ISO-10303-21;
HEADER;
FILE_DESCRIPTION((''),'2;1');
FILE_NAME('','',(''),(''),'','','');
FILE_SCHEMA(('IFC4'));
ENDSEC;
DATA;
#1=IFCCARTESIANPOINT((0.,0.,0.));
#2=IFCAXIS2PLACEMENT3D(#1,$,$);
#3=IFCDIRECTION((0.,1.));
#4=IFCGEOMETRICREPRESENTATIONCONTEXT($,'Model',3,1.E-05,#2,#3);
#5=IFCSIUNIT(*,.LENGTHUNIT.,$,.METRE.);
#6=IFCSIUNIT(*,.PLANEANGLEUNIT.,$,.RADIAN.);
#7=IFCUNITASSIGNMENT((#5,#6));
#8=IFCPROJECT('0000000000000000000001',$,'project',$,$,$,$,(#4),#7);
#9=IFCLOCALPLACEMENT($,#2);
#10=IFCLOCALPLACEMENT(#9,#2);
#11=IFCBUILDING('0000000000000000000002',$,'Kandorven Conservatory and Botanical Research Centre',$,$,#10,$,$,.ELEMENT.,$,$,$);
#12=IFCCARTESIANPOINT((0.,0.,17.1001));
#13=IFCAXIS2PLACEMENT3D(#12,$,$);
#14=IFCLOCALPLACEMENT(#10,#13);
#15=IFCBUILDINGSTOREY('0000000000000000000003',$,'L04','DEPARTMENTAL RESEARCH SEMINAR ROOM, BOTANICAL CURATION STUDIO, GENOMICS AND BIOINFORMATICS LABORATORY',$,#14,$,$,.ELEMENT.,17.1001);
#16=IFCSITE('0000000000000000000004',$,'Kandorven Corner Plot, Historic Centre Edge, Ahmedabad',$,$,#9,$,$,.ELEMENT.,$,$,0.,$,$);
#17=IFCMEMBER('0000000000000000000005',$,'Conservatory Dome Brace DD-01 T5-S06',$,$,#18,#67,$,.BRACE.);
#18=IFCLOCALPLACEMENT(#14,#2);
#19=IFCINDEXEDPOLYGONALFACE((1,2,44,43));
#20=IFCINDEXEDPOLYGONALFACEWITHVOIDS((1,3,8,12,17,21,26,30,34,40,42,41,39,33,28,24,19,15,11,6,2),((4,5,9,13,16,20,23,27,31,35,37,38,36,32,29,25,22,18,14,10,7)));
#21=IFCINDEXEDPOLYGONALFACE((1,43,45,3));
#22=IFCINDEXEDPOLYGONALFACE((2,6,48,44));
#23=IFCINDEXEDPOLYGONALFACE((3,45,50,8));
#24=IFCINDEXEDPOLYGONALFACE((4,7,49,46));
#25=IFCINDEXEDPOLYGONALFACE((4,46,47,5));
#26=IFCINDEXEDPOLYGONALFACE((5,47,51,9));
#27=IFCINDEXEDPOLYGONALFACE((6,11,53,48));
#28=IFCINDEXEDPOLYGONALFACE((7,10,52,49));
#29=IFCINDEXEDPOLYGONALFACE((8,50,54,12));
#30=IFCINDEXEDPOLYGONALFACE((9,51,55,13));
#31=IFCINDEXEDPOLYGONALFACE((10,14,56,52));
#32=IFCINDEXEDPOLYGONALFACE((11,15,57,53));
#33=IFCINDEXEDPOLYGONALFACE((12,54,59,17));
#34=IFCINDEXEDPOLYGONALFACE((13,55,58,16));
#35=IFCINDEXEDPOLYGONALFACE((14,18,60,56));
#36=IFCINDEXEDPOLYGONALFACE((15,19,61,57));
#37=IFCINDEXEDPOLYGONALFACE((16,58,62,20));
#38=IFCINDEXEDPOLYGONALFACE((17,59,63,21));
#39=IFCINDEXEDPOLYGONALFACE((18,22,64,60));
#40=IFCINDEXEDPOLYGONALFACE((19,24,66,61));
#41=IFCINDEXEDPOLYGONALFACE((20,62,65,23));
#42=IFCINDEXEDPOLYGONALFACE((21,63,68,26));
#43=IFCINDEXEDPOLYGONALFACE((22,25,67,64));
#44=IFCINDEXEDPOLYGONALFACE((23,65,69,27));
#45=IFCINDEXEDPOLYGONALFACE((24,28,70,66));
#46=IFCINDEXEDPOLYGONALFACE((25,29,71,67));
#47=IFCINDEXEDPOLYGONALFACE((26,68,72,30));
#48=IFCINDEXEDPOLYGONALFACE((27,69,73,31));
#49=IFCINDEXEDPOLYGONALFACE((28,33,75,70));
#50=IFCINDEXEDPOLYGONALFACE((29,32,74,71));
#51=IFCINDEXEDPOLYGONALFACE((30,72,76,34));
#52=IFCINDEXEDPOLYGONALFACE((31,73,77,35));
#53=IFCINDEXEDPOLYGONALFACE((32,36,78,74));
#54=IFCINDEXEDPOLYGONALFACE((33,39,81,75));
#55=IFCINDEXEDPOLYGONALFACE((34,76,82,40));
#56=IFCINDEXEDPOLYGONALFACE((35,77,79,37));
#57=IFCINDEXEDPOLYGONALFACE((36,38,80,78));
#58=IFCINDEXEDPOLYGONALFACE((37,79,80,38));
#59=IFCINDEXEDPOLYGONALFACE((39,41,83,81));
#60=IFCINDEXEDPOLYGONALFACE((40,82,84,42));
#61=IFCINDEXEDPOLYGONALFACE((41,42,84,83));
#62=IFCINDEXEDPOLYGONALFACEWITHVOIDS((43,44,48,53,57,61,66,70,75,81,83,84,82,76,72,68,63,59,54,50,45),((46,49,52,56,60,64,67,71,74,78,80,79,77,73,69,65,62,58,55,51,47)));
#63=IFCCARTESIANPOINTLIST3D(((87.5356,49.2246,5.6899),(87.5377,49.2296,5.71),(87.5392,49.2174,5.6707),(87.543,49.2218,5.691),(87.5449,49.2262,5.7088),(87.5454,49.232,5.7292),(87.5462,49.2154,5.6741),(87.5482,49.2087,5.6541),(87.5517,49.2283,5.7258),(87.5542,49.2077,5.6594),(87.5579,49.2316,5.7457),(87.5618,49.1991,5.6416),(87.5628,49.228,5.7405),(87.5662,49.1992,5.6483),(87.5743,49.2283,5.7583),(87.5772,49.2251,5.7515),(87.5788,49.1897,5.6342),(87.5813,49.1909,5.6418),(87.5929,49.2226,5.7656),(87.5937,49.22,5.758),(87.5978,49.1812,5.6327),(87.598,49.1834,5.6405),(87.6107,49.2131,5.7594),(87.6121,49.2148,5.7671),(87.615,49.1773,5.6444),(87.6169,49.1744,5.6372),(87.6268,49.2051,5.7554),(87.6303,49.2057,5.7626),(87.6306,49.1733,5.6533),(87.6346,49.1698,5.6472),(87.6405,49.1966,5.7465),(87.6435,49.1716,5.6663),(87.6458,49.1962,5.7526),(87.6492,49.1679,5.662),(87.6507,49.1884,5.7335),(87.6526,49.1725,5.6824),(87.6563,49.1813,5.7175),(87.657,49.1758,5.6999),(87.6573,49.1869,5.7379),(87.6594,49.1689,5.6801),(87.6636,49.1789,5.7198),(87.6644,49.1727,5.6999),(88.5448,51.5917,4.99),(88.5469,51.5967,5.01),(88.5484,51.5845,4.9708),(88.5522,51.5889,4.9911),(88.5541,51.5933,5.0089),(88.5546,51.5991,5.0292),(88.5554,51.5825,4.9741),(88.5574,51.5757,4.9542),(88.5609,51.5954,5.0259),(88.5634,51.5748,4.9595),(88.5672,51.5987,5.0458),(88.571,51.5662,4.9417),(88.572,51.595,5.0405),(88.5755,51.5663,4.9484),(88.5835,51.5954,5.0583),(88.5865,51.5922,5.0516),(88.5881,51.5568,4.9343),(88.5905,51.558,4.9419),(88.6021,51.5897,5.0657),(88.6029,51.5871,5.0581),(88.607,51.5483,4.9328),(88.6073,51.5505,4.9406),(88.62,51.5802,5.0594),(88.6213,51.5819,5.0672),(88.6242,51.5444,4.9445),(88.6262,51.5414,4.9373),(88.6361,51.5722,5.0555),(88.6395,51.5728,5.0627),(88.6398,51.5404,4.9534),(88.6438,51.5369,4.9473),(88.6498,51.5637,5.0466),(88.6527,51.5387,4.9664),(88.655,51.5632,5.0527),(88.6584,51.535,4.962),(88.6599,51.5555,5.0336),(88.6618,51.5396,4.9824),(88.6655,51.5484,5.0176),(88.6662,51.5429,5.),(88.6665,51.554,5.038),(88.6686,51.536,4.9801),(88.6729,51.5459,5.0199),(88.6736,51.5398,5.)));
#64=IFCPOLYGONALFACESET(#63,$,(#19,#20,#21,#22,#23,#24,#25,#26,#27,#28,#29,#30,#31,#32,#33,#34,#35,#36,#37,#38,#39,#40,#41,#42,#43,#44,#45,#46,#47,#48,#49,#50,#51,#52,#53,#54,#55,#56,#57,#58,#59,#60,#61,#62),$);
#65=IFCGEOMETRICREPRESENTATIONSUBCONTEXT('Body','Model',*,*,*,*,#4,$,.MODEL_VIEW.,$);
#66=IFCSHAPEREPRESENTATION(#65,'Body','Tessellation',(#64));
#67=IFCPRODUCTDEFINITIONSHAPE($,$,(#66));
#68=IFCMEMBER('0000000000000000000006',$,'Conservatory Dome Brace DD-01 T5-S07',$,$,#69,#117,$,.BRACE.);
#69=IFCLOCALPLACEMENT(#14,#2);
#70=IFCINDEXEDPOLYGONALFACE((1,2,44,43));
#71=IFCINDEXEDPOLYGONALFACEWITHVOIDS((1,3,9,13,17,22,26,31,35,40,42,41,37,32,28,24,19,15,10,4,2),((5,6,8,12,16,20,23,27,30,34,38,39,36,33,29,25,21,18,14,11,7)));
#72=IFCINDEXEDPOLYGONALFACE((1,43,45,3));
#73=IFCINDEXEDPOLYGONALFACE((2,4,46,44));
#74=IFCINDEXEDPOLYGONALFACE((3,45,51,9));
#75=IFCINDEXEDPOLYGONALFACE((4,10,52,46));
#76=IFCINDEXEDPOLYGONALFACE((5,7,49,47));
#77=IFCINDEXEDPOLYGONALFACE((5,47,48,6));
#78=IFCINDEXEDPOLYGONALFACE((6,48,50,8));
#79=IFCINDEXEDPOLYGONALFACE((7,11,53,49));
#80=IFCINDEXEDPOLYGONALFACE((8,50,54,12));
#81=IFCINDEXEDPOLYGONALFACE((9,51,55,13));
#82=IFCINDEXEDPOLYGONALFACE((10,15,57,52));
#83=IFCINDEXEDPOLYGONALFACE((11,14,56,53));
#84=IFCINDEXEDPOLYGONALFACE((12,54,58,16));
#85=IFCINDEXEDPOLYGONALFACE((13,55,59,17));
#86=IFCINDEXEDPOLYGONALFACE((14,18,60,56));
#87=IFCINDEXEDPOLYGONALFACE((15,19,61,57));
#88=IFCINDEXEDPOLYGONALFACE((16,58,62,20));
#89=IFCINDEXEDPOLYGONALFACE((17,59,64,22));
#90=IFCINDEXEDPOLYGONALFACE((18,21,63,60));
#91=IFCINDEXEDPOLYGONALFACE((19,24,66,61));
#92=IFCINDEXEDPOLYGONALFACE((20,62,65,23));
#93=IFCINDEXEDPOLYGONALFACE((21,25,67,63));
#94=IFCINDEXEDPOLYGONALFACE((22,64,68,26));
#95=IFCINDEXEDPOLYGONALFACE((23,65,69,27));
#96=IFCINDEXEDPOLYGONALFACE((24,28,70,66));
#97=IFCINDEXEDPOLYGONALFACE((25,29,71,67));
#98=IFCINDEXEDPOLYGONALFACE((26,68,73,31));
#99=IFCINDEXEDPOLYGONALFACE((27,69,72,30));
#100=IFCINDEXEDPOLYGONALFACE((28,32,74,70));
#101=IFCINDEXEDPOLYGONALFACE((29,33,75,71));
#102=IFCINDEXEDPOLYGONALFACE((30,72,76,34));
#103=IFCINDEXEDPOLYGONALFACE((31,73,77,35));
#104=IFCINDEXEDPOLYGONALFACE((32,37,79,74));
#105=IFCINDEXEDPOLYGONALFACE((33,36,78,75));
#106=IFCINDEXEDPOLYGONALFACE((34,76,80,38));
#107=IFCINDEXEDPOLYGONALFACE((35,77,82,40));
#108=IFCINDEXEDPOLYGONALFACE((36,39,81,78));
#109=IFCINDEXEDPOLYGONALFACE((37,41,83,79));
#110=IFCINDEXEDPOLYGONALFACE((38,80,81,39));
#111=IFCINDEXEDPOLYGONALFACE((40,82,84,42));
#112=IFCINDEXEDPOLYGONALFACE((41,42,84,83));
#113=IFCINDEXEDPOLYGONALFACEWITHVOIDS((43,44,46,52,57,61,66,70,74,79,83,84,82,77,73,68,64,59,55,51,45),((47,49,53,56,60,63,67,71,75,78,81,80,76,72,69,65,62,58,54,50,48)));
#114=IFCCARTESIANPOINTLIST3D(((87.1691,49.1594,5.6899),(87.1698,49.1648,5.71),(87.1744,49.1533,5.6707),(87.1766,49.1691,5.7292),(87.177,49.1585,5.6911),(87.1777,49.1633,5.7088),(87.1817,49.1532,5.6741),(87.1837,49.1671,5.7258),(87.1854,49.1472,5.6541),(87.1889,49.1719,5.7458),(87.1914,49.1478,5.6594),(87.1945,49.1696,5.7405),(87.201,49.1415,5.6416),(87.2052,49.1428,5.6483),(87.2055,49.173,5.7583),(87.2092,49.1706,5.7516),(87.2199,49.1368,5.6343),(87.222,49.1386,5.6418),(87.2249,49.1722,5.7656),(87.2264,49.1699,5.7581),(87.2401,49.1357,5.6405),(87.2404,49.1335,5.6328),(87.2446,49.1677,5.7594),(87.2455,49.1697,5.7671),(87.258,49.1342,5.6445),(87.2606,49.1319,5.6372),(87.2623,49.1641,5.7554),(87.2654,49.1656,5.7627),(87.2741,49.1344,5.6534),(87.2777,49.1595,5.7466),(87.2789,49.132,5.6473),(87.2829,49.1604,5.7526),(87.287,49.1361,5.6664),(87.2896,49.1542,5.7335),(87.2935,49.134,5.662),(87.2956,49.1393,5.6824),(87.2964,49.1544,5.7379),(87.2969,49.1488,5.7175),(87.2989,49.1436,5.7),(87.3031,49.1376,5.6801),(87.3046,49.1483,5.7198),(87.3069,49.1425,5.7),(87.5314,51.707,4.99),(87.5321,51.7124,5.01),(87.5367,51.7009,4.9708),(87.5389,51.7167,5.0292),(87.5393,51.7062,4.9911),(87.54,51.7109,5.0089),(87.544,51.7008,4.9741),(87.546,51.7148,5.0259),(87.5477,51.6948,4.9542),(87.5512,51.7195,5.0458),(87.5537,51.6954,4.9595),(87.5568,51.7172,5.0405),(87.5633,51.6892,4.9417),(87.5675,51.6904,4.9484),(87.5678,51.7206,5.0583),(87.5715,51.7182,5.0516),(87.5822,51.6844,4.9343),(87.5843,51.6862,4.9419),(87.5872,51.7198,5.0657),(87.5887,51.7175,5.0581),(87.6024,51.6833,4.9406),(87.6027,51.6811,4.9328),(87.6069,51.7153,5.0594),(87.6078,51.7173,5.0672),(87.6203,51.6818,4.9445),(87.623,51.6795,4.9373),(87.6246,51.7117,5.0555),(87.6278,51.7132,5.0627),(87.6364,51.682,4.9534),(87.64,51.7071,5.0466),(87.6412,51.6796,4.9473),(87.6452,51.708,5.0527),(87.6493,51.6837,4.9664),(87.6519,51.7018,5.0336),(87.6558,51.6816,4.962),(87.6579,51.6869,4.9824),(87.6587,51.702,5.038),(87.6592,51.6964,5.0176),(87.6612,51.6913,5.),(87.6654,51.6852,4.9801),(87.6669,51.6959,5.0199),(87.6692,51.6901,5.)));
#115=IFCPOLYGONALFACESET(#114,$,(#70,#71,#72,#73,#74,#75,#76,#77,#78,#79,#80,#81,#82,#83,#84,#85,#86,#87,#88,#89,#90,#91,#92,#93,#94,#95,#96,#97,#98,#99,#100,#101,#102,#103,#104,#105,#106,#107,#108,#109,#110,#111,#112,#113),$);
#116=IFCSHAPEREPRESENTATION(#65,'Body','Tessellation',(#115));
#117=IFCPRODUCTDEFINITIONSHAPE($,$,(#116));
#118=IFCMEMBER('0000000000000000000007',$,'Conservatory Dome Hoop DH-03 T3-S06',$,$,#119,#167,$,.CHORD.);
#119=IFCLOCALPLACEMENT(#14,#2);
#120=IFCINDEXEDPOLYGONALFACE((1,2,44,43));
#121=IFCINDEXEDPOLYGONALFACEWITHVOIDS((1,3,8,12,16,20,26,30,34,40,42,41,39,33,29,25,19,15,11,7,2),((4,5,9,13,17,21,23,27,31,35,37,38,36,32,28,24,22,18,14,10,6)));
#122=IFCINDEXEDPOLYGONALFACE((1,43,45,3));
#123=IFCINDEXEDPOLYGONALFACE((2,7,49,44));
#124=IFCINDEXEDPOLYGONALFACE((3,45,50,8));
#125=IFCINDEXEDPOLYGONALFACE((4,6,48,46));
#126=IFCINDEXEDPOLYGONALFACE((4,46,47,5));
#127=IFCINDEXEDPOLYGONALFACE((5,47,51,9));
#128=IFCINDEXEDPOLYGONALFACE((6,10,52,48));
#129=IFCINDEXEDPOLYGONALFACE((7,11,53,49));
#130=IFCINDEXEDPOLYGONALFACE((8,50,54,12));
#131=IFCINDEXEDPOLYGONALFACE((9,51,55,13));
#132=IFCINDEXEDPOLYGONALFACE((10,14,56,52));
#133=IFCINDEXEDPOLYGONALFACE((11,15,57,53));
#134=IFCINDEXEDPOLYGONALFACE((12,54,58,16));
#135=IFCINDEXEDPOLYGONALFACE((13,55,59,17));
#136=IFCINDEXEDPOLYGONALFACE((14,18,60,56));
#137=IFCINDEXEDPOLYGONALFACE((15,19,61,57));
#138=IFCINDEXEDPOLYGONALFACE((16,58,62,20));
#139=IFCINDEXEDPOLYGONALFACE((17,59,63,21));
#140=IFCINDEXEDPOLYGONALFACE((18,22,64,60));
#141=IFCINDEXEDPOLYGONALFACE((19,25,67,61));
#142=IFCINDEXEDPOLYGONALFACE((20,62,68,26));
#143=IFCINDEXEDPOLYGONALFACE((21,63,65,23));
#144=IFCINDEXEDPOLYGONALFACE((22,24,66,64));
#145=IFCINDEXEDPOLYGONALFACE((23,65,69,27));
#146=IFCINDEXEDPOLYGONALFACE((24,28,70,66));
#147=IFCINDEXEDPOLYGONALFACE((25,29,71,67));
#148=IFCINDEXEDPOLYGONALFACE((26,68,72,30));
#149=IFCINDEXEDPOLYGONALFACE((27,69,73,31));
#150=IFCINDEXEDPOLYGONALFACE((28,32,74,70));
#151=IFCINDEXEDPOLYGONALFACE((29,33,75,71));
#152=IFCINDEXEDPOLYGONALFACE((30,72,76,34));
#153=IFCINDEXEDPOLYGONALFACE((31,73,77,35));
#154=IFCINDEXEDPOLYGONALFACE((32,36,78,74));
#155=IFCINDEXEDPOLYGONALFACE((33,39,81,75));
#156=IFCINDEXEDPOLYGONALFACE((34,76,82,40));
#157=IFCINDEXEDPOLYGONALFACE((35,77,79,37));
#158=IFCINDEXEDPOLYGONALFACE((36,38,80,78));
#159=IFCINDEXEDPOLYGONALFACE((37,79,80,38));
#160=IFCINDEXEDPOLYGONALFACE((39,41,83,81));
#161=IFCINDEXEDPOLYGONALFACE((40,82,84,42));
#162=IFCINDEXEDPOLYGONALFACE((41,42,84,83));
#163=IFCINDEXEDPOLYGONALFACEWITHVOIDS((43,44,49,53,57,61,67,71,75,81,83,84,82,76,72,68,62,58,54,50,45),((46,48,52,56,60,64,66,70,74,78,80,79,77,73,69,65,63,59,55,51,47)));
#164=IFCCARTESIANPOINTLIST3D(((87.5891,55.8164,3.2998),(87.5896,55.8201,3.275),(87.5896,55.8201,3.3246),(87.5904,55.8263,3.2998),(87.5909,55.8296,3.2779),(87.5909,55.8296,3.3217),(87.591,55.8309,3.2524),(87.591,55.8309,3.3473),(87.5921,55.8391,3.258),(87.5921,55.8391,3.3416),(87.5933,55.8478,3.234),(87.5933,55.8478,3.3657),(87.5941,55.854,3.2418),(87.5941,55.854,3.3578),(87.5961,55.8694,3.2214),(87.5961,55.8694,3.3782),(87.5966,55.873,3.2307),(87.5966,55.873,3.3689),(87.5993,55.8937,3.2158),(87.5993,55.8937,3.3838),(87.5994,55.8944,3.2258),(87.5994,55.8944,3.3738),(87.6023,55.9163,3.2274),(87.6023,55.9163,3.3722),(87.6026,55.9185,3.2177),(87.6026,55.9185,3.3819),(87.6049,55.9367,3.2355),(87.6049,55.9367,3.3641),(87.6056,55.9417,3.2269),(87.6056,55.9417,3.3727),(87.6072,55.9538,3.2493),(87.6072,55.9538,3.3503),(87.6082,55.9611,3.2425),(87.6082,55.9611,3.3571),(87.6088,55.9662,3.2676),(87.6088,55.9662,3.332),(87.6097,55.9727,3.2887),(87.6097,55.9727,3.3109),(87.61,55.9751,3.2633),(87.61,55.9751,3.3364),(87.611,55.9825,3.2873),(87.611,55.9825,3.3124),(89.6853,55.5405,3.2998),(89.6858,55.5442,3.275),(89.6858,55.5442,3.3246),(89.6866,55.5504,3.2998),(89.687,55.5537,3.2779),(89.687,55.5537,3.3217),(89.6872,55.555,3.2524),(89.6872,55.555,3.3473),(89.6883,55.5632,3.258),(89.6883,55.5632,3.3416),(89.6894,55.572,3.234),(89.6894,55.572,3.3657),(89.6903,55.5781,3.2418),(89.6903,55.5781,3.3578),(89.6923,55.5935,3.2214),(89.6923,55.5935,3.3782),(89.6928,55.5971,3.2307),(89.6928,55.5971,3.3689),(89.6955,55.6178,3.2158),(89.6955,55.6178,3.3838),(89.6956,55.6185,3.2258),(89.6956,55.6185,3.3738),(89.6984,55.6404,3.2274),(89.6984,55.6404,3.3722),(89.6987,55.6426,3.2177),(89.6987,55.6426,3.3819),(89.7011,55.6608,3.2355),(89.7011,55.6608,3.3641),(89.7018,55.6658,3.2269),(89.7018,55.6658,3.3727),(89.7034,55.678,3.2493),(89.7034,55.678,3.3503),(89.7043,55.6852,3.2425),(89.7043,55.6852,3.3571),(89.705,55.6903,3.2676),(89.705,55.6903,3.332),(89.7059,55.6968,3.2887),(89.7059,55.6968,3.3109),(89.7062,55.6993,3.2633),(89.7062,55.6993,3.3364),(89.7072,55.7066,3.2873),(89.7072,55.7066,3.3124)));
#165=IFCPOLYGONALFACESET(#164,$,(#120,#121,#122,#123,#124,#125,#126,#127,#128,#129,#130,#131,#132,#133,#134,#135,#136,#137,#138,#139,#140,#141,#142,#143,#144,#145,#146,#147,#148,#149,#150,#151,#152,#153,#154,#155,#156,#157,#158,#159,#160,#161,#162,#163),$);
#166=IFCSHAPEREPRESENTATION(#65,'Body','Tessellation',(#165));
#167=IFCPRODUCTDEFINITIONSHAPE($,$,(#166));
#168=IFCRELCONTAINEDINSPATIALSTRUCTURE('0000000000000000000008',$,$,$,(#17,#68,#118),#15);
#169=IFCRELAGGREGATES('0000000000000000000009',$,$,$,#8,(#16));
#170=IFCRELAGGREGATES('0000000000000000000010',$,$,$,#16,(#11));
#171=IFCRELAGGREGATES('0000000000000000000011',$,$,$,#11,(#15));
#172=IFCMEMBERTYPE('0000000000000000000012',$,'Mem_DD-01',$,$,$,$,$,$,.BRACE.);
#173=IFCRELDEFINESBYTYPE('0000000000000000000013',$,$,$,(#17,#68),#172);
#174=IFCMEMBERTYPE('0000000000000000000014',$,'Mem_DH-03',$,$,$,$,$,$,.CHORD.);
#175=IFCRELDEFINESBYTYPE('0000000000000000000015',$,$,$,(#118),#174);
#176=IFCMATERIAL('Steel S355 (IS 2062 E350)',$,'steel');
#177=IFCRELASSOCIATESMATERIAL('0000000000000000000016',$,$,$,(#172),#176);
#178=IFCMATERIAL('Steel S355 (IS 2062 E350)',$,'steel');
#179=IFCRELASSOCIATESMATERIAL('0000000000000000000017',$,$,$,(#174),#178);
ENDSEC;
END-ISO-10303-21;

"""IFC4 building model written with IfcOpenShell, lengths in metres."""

from ifc_helpers import new_model, si_unit, direction, frame, origin, origin_2d, place, context, subcontext, project, spatial, hollow_circle, extrude, material, material_profile, profile_set, type_object, element, save


model = new_model("IFC4")

# Units and contexts
model_context = context("Model", 3, precision=1e-05, world=origin(), true_north=direction((0.0, 1.0)))
body_context = subcontext(model_context, "Body", "Model", "MODEL_VIEW")
ifc_project = project(units=[si_unit("LENGTHUNIT", "METRE"), si_unit("PLANEANGLEUNIT", "RADIAN")], contexts=[model_context])

# Site, building, storey
site_placement = place(None, origin())
site = spatial("IfcSite", under=ifc_project, at=site_placement, Name="Kandorven Corner Plot, Historic Centre Edge, Ahmedabad", CompositionType="ELEMENT", RefElevation=0.0)
building_placement = place(site_placement, origin())
building = spatial("IfcBuilding", under=site, at=building_placement, Name="Kandorven Conservatory and Botanical Research Centre", CompositionType="ELEMENT")
storey_placement = place(building_placement, frame((0.0, 0.0, 17.1001)))
storey = spatial("IfcBuildingStorey", under=building, at=storey_placement, Name="L04", Description="DEPARTMENTAL RESEARCH SEMINAR ROOM, BOTANICAL CURATION STUDIO, GENOMICS AND BIOINFORMATICS LABORATORY", CompositionType="ELEMENT", Elevation=17.1001)

# Members
ifc_material_1 = material(Name="Steel S355 (IS 2062 E350)", Category="steel")
ifc_material_profile_1 = material_profile(ifc_material_1, hollow_circle(Radius=0.0698, WallThickness=0.0081, at=origin_2d()))
ifc_profile_set_1 = profile_set([ifc_material_profile_1], Name="Steel S355 (IS 2062 E350)")
member_type_1 = type_object("IfcMemberType", Name="Mem_DD-01", PredefinedType="BRACE", material=ifc_profile_set_1)
for number, where, z_axis, x_axis, name in (
    (1, (88.6094, 51.5671, 5.0), (-0.378451, -0.887631, 0.262463), (0.91988, -0.392201, 0.0), "Conservatory Dome Brace DD-01 T5-S06"),
    (2, (87.6001, 51.7, 5.0), (-0.135861, -0.955327, 0.262475), (0.990038, -0.140797, 0.0), "Conservatory Dome Brace DD-01 T5-S07"),
):
    element("IfcMember", number, at=place(storey_placement, frame(where, z_axis=z_axis, x_axis=x_axis)), inside=storey, type_object=member_type_1, Name=name, PredefinedType="BRACE", context=body_context, shape_type="SweptSolid", body=[
        extrude(hollow_circle(Radius=0.0698, WallThickness=0.0081, at=origin_2d()), origin(), (0.0, 0.0, 1.0), 2.6667),
    ])
ifc_material_2 = material(Name="Steel S355 (IS 2062 E350)", Category="steel")
ifc_material_profile_2 = material_profile(ifc_material_2, hollow_circle(Radius=0.0842, WallThickness=0.01, at=origin_2d()))
ifc_profile_set_2 = profile_set([ifc_material_profile_2], Name="Steel S355 (IS 2062 E350)")
member_type_2 = type_object("IfcMemberType", Name="Mem_DH-03", PredefinedType="CHORD", material=ifc_profile_set_2)
member_1_placement = place(storey_placement, frame((89.6963, 55.624, 3.2998), z_axis=(-0.99145, 0.130484, 0.0), x_axis=(-0.130484, -0.99145, 0.0)))
element("IfcMember", 3, at=member_1_placement, inside=storey, type_object=member_type_2, Name="Conservatory Dome Hoop DH-03 T3-S06", PredefinedType="CHORD", context=body_context, shape_type="SweptSolid", body=[
    extrude(hollow_circle(Radius=0.0842, WallThickness=0.01, at=origin_2d()), origin(), (0.0, 0.0, 1.0), 2.1143),
])

save(model, "model.ifc")
